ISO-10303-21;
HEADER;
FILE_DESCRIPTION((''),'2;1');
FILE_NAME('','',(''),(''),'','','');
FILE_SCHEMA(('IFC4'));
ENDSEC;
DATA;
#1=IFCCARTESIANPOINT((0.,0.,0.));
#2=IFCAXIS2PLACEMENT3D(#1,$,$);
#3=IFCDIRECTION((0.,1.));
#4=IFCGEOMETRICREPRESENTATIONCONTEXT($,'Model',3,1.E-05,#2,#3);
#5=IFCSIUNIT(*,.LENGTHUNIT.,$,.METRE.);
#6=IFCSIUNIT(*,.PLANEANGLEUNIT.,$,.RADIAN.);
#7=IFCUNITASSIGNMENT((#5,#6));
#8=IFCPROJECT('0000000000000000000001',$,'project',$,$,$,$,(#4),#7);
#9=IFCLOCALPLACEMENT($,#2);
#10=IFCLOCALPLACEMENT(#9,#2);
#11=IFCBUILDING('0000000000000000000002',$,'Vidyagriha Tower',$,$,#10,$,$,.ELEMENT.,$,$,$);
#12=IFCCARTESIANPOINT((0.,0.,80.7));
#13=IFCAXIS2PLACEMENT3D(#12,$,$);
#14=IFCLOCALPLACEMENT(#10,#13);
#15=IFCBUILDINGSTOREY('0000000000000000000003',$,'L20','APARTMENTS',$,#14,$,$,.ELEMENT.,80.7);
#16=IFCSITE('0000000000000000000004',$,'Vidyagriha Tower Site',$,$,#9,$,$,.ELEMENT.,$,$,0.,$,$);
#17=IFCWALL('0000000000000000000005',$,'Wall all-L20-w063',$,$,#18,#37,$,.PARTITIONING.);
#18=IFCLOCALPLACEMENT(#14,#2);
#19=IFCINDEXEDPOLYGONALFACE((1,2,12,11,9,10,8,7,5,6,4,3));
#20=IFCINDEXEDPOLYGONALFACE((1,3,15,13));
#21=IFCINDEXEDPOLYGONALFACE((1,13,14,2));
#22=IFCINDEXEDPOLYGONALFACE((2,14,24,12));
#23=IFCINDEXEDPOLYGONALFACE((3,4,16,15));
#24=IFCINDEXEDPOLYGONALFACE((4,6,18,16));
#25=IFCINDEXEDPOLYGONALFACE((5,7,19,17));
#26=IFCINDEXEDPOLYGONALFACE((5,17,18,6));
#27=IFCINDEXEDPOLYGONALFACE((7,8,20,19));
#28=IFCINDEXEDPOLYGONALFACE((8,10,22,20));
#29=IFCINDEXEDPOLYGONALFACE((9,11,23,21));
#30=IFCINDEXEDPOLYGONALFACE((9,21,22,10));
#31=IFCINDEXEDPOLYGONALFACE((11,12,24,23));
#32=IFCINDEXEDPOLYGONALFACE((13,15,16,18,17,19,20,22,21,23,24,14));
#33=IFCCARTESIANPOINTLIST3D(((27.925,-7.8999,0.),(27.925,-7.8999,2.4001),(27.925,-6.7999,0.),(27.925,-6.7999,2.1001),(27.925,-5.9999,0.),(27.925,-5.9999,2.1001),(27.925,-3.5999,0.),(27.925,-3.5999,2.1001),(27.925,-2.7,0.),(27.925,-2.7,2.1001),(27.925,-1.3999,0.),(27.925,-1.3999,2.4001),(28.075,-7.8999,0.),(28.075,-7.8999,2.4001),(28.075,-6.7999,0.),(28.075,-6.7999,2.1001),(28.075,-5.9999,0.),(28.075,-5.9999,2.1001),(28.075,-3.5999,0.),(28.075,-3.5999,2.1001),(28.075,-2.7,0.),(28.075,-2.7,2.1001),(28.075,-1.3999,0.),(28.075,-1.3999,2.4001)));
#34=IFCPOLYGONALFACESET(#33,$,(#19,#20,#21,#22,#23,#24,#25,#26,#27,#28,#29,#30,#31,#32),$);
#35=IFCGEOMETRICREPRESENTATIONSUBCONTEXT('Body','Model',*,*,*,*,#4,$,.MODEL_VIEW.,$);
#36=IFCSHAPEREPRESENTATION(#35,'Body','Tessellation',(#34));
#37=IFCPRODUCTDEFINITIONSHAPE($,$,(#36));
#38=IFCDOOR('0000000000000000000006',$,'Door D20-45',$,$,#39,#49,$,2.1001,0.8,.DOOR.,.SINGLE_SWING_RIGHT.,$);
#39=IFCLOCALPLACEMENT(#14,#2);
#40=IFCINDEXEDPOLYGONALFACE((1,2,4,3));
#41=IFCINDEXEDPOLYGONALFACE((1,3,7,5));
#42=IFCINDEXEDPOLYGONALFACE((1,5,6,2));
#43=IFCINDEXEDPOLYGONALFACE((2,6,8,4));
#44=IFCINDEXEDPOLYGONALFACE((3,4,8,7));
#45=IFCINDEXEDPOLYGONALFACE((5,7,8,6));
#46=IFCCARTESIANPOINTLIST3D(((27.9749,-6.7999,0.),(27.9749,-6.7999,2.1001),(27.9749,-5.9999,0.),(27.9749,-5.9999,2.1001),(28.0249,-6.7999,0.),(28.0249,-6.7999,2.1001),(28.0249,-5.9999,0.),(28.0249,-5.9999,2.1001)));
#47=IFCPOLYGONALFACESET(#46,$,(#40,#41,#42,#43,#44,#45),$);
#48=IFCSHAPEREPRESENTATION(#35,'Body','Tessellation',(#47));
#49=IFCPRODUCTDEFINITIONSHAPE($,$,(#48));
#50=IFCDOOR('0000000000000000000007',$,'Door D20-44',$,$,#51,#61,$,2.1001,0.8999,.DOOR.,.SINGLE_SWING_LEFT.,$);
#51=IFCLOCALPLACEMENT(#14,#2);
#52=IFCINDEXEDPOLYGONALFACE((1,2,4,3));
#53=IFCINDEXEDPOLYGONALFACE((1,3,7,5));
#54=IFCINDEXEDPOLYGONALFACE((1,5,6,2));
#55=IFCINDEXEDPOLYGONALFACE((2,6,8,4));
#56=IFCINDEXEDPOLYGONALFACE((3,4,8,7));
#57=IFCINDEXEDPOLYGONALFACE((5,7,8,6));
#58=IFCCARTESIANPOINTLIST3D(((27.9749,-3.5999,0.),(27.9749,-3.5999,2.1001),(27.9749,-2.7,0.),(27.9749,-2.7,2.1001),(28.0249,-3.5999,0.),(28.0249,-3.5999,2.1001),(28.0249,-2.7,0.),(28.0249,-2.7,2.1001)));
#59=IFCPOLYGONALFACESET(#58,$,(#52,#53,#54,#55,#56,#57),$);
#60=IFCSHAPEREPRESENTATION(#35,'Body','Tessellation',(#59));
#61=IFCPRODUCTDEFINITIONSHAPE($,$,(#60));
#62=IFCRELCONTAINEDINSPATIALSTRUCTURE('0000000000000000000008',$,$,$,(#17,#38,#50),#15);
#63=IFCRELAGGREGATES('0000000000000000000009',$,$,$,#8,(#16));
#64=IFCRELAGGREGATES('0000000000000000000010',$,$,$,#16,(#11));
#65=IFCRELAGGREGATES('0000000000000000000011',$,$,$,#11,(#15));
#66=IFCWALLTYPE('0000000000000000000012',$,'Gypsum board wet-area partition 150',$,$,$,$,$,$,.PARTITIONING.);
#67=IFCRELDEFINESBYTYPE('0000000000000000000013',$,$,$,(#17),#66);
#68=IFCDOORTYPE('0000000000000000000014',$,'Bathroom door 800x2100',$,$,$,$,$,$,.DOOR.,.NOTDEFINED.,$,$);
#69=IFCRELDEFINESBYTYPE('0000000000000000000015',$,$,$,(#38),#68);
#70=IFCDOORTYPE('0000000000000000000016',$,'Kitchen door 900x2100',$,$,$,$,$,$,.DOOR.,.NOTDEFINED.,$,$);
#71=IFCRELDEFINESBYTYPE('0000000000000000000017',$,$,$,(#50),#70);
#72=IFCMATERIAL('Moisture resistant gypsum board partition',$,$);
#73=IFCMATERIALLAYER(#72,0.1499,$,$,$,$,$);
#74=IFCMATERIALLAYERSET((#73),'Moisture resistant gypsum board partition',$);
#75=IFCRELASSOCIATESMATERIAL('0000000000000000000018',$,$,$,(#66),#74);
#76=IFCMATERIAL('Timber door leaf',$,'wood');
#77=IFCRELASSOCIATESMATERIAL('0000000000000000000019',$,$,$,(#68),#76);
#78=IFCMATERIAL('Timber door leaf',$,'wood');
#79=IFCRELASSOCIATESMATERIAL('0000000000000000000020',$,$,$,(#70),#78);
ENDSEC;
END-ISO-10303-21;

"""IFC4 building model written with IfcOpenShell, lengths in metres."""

from ifc_helpers import new_model, si_unit, direction, frame, frame_2d, origin, place, context, subcontext, project, spatial, rectangle, extrude, material, layer, layer_set, type_object, element, fill, save


model = new_model("IFC4")

# Units and contexts
model_context = context("Model", 3, precision=1e-05, world=origin(), true_north=direction((0.0, 1.0)))
body_context = subcontext(model_context, "Body", "Model", "MODEL_VIEW")
ifc_project = project(units=[si_unit("LENGTHUNIT", "METRE"), si_unit("PLANEANGLEUNIT", "RADIAN")], contexts=[model_context])

# Site, building, storey
site_placement = place(None, origin())
site = spatial("IfcSite", under=ifc_project, at=site_placement, Name="Vidyagriha Tower Site", CompositionType="ELEMENT", RefElevation=0.0)
building_placement = place(site_placement, origin())
building = spatial("IfcBuilding", under=site, at=building_placement, Name="Vidyagriha Tower", CompositionType="ELEMENT")
storey_placement = place(building_placement, frame((0.0, 0.0, 80.7)))
storey = spatial("IfcBuildingStorey", under=building, at=storey_placement, Name="L20", Description="APARTMENTS", CompositionType="ELEMENT", Elevation=80.7)

# Wall, openings, doors
ifc_material_1 = material(Name="Moisture resistant gypsum board partition")
ifc_layer_1 = layer(ifc_material_1, 0.1499)
ifc_layer_set_1 = layer_set([ifc_layer_1], Name="Moisture resistant gypsum board partition")
wall_type_1 = type_object("IfcWallType", Name="Gypsum board wet-area partition 150", PredefinedType="PARTITIONING", material=ifc_layer_set_1)
wall_1_placement = place(storey_placement, frame((28.0, -1.3999, 0.0), z_axis=(0.0, 0.0, 1.0), x_axis=(0.0, -1.0, 0.0)))
wall_1 = element("IfcWall", 1, at=wall_1_placement, inside=storey, type_object=wall_type_1, Name="Wall all-L20-w063", PredefinedType="PARTITIONING", context=body_context, shape_type="SweptSolid", body=[
    extrude(rectangle(XDim=6.5, YDim=0.1499, at=frame_2d((3.25, 0.0))), origin(), (0.0, 0.0, 1.0), 2.4001),
])
opening_1_placement = place(wall_1_placement, frame((1.3, 0.0, 0.0)))
opening_1 = element("IfcOpeningElement", 2, at=opening_1_placement, cuts=wall_1, PredefinedType="OPENING", context=body_context, shape_type="SweptSolid", body=[
    extrude(rectangle(XDim=0.8999, YDim=2.1001, at=frame_2d((0.45, 1.05))), frame((0.0, 0.085, 0.0), z_axis=(0.0, -1.0, 0.0), x_axis=(1.0, 0.0, 0.0)), (0.0, 0.0, 1.0), 0.1699),
])
opening_2_placement = place(wall_1_placement, frame((4.6001, 0.0, 0.0)))
opening_2 = element("IfcOpeningElement", 3, at=opening_2_placement, cuts=wall_1, PredefinedType="OPENING", context=body_context, shape_type="SweptSolid", body=[
    extrude(rectangle(XDim=0.8, YDim=2.1001, at=frame_2d((0.3999, 1.05))), frame((0.0, 0.085, 0.0), z_axis=(0.0, -1.0, 0.0), x_axis=(1.0, 0.0, 0.0)), (0.0, 0.0, 1.0), 0.1699),
])
ifc_material_2 = material(Name="Timber door leaf", Category="wood")
door_type_1 = type_object("IfcDoorType", Name="Bathroom door 800x2100", OperationType="NOTDEFINED", PredefinedType="DOOR", material=ifc_material_2)
door_1_placement = place(opening_2_placement, origin())
door_1 = element("IfcDoor", 4, at=door_1_placement, inside=storey, type_object=door_type_1, Name="Door D20-45", OperationType="SINGLE_SWING_RIGHT", OverallHeight=2.1001, OverallWidth=0.8, PredefinedType="DOOR", context=body_context, shape_type="SweptSolid", body=[
    extrude(rectangle(XDim=0.8, YDim=2.1001, at=frame_2d((0.3999, 1.05))), frame((0.0, 0.0249, 0.0), z_axis=(0.0, -1.0, 0.0), x_axis=(1.0, 0.0, 0.0)), (0.0, 0.0, 1.0), 0.05),
])
fill(opening_2, door_1)
ifc_material_3 = material(Name="Timber door leaf", Category="wood")
door_type_2 = type_object("IfcDoorType", Name="Kitchen door 900x2100", OperationType="NOTDEFINED", PredefinedType="DOOR", material=ifc_material_3)
door_2_placement = place(opening_1_placement, origin())
door_2 = element("IfcDoor", 5, at=door_2_placement, inside=storey, type_object=door_type_2, Name="Door D20-44", OperationType="SINGLE_SWING_LEFT", OverallHeight=2.1001, OverallWidth=0.8999, PredefinedType="DOOR", context=body_context, shape_type="SweptSolid", body=[
    extrude(rectangle(XDim=0.8999, YDim=2.1001, at=frame_2d((0.45, 1.05))), frame((0.0, 0.0249, 0.0), z_axis=(0.0, -1.0, 0.0), x_axis=(1.0, 0.0, 0.0)), (0.0, 0.0, 1.0), 0.05),
])
fill(opening_1, door_2)

save(model, "model.ifc")
